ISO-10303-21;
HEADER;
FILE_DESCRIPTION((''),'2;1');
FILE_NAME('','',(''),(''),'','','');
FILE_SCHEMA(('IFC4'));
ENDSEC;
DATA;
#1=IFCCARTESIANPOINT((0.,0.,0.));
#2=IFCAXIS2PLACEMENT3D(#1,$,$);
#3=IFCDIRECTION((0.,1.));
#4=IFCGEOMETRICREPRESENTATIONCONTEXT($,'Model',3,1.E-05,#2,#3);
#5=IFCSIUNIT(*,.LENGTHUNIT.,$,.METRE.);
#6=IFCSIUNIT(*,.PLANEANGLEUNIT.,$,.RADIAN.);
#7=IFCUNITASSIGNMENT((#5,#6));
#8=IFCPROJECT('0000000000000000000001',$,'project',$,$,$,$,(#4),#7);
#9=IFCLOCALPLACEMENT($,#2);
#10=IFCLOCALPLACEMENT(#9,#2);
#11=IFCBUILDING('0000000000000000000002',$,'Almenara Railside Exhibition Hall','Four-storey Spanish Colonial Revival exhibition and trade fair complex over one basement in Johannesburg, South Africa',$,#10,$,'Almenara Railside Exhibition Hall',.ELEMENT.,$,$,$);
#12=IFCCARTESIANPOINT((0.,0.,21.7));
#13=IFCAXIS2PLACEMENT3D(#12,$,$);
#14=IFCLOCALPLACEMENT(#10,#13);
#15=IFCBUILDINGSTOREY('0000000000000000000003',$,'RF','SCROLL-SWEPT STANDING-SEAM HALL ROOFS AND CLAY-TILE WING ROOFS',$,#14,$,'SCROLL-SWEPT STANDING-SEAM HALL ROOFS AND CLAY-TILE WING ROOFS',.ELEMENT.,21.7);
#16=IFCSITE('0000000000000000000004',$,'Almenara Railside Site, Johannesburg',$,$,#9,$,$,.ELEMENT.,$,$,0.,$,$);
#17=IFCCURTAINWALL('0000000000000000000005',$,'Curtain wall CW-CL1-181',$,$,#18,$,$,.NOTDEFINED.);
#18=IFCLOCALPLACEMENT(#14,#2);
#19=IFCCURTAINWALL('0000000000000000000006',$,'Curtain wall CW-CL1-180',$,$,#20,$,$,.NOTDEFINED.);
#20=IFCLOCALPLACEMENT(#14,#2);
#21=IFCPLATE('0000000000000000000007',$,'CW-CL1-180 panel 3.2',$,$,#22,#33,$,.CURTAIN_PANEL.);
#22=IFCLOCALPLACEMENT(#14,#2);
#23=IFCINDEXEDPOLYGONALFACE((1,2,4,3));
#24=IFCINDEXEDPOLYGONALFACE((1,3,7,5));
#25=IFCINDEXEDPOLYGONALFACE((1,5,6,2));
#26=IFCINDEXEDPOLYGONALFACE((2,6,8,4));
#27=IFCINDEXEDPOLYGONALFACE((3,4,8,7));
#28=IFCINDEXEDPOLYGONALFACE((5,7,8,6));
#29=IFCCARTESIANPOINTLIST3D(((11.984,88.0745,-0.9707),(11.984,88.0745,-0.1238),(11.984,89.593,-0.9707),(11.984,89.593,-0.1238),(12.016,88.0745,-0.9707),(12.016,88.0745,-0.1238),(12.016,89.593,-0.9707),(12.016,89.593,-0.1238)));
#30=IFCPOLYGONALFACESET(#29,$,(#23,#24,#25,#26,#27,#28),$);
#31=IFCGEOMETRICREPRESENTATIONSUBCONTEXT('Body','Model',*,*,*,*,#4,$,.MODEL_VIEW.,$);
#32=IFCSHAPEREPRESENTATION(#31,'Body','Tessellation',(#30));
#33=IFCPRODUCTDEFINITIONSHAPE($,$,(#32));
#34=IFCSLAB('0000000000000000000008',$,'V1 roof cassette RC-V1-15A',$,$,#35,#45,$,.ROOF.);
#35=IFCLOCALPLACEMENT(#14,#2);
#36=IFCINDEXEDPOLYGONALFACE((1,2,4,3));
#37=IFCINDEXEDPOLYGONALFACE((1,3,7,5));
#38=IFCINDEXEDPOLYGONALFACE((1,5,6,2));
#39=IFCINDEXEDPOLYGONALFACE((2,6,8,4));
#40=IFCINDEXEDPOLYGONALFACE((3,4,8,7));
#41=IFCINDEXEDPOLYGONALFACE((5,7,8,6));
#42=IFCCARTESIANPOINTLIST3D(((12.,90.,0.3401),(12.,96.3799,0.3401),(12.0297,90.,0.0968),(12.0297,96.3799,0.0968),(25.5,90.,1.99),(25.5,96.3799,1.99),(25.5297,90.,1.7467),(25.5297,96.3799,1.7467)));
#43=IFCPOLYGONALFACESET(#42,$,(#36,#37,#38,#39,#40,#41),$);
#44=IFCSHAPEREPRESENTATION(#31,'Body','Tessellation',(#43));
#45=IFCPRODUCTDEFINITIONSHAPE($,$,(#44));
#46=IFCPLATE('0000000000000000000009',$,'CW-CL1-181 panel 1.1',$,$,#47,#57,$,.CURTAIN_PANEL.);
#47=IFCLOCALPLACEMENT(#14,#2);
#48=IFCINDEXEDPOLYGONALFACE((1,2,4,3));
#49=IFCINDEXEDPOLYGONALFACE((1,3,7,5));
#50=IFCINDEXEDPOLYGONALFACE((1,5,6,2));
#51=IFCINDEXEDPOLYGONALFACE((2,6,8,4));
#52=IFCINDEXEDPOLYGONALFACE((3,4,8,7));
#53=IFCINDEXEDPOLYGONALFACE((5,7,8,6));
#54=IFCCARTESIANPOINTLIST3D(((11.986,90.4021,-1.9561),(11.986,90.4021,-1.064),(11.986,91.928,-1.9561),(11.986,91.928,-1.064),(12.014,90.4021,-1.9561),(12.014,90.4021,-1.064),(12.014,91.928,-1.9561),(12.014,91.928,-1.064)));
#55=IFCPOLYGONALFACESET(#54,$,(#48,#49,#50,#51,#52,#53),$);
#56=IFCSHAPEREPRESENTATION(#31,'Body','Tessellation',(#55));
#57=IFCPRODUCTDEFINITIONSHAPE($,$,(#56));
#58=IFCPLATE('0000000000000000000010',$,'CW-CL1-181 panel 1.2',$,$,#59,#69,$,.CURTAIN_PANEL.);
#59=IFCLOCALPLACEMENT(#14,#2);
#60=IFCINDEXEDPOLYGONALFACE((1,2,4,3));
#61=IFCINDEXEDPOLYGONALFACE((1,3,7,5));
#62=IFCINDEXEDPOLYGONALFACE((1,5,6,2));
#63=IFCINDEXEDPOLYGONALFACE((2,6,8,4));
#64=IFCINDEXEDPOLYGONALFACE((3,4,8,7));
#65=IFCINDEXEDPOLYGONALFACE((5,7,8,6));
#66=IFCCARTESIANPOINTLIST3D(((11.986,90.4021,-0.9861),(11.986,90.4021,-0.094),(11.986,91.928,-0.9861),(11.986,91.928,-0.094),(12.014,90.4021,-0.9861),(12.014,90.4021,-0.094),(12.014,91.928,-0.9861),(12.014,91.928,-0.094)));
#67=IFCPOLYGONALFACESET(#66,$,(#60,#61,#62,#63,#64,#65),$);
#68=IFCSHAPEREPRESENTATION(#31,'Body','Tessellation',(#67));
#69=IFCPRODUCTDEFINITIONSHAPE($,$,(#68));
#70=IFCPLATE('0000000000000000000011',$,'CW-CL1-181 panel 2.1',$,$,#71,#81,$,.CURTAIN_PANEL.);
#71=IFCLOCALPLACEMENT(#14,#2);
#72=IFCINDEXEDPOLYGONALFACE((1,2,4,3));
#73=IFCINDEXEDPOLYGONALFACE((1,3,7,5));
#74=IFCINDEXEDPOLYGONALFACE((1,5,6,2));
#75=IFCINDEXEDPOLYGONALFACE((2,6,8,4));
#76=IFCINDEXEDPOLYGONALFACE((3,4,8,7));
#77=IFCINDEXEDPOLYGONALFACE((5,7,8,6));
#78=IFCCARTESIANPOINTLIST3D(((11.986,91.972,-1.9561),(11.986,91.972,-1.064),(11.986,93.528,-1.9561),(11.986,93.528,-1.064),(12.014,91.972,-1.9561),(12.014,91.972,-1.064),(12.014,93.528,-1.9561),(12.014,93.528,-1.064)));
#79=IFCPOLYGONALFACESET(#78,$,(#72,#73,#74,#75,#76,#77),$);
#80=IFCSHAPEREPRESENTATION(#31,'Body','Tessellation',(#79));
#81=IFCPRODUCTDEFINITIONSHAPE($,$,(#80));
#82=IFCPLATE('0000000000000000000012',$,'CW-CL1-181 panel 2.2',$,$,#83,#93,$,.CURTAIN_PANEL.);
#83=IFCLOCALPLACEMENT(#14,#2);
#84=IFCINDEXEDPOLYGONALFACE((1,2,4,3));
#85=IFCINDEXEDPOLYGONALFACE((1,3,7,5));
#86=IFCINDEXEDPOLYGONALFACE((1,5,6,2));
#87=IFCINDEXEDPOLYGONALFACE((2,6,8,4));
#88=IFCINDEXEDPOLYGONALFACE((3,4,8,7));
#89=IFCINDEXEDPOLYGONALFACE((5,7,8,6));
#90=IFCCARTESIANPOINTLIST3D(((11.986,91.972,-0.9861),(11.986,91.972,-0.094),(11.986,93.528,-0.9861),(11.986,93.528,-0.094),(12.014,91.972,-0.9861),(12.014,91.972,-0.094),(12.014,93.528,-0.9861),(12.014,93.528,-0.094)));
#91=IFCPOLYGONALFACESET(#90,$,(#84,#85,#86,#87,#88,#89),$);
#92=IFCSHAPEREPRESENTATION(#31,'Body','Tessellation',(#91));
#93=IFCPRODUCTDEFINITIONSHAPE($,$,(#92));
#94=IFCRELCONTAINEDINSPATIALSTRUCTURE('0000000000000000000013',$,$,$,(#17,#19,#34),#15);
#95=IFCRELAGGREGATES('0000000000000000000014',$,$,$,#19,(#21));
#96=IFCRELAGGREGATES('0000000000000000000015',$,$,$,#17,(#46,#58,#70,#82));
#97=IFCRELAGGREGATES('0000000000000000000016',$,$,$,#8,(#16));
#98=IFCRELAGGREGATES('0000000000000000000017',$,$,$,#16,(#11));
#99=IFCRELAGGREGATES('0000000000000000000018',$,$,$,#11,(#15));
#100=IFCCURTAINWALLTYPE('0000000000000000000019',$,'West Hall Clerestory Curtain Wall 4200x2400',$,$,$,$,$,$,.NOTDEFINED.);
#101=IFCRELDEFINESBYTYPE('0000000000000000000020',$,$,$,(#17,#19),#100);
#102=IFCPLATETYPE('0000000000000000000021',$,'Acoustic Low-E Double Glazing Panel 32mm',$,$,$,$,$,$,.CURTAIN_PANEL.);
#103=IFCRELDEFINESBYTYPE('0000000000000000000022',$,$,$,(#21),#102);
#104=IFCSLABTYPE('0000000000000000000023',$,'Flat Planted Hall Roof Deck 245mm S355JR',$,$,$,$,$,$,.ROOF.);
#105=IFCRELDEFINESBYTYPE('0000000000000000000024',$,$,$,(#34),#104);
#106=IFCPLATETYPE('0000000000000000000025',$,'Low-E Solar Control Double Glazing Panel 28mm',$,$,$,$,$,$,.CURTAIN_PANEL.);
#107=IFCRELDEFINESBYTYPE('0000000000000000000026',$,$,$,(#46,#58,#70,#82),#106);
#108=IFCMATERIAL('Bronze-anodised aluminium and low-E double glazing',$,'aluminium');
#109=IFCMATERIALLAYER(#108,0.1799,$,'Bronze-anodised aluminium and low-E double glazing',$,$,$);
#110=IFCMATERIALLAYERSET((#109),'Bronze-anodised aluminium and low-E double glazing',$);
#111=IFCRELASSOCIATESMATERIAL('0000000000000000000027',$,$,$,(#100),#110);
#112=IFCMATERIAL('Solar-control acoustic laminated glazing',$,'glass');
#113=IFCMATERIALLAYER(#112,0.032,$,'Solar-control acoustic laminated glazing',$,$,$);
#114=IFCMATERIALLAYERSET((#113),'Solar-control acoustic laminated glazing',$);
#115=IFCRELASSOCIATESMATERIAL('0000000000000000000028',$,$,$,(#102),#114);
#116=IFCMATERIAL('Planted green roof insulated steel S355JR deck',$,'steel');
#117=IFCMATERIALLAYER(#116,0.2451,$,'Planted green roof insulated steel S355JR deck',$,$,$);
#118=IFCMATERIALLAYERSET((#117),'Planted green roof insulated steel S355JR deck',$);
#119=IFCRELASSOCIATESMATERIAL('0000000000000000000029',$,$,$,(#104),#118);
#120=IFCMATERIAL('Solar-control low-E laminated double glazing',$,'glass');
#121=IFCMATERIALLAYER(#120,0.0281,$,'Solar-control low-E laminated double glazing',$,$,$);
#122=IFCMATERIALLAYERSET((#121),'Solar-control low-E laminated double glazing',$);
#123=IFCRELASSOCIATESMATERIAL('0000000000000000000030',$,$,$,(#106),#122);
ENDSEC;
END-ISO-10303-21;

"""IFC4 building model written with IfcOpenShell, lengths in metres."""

from ifc_helpers import new_model, si_unit, direction, frame, origin, origin_2d, place, context, subcontext, project, spatial, polyline, rectangle, outline, extrude, material, layer, layer_set, type_object, element, aggregate, save


model = new_model("IFC4")

# Units and contexts
model_context = context("Model", 3, precision=1e-05, world=origin(), true_north=direction((0.0, 1.0)))
body_context = subcontext(model_context, "Body", "Model", "MODEL_VIEW")
ifc_project = project(units=[si_unit("LENGTHUNIT", "METRE"), si_unit("PLANEANGLEUNIT", "RADIAN")], contexts=[model_context])

# Site, building, storey
site_placement = place(None, origin())
site = spatial("IfcSite", under=ifc_project, at=site_placement, Name="Almenara Railside Site, Johannesburg", CompositionType="ELEMENT", RefElevation=0.0)
building_placement = place(site_placement, origin())
building = spatial("IfcBuilding", under=site, at=building_placement, Name="Almenara Railside Exhibition Hall", Description="Four-storey Spanish Colonial Revival exhibition and trade fair complex over one basement in Johannesburg, South Africa", LongName="Almenara Railside Exhibition Hall", CompositionType="ELEMENT")
storey_placement = place(building_placement, frame((0.0, 0.0, 21.7)))
storey = spatial("IfcBuildingStorey", under=building, at=storey_placement, Name="RF", Description="SCROLL-SWEPT STANDING-SEAM HALL ROOFS AND CLAY-TILE WING ROOFS", LongName="SCROLL-SWEPT STANDING-SEAM HALL ROOFS AND CLAY-TILE WING ROOFS", CompositionType="ELEMENT", Elevation=21.7)

# Curtain walls
ifc_material_1 = material(Name="Bronze-anodised aluminium and low-E double glazing", Category="aluminium")
ifc_layer_1 = layer(ifc_material_1, 0.1799, Name="Bronze-anodised aluminium and low-E double glazing")
ifc_layer_set_1 = layer_set([ifc_layer_1], Name="Bronze-anodised aluminium and low-E double glazing")
curtain_wall_type = type_object("IfcCurtainWallType", Name="West Hall Clerestory Curtain Wall 4200x2400", PredefinedType="NOTDEFINED", material=ifc_layer_set_1)
curtain_wall_1_placement = place(storey_placement, origin())
curtain_wall_1 = element("IfcCurtainWall", 1, at=curtain_wall_1_placement, inside=storey, type_object=curtain_wall_type, Name="Curtain wall CW-CL1-181", PredefinedType="NOTDEFINED")
curtain_wall_2_placement = place(storey_placement, origin())
curtain_wall_2 = element("IfcCurtainWall", 2, at=curtain_wall_2_placement, inside=storey, type_object=curtain_wall_type, Name="Curtain wall CW-CL1-180", PredefinedType="NOTDEFINED")

# Plate
ifc_material_2 = material(Name="Solar-control acoustic laminated glazing", Category="glass")
ifc_layer_2 = layer(ifc_material_2, 0.032, Name="Solar-control acoustic laminated glazing")
ifc_layer_set_2 = layer_set([ifc_layer_2], Name="Solar-control acoustic laminated glazing")
plate_type_1 = type_object("IfcPlateType", Name="Acoustic Low-E Double Glazing Panel 32mm", PredefinedType="CURTAIN_PANEL", material=ifc_layer_set_2)
plate_1_placement = place(storey_placement, frame((12.0, 88.8337, -0.9707), z_axis=(0.0, 0.0, 1.0), x_axis=(0.0, 1.0, 0.0)))
plate_1 = element("IfcPlate", 3, at=plate_1_placement, type_object=plate_type_1, Name="CW-CL1-180 panel 3.2", PredefinedType="CURTAIN_PANEL", context=body_context, shape_type="SweptSolid", body=[
    extrude(rectangle(XDim=1.5186, YDim=0.032, at=origin_2d()), origin(), (0.0, 0.0, 1.0), 0.8469),
])
aggregate(curtain_wall_2, [plate_1])

# Slab
ifc_material_3 = material(Name="Planted green roof insulated steel S355JR deck", Category="steel")
ifc_layer_3 = layer(ifc_material_3, 0.2451, Name="Planted green roof insulated steel S355JR deck")
ifc_layer_set_3 = layer_set([ifc_layer_3], Name="Planted green roof insulated steel S355JR deck")
slab_type = type_object("IfcSlabType", Name="Flat Planted Hall Roof Deck 245mm S355JR", PredefinedType="ROOF", material=ifc_layer_set_3)
slab_placement = place(storey_placement, frame((12.0, 90.0, 0.3401), z_axis=(-0.121312, 0.0, 0.992614), x_axis=(0.992614, 0.0, 0.121312)))
element("IfcSlab", 4, at=slab_placement, inside=storey, type_object=slab_type, Name="V1 roof cassette RC-V1-15A", PredefinedType="ROOF", context=body_context, shape_type="SweptSolid", body=[
    extrude(outline(polyline([(0.0, 0.0), (13.6004, 0.0), (13.6004, 6.3799), (0.0, 6.3799), (0.0, 0.0)])), origin(), (0.0, 0.0, -1.0), 0.2451),
])

# Plates
ifc_material_4 = material(Name="Solar-control low-E laminated double glazing", Category="glass")
ifc_layer_4 = layer(ifc_material_4, 0.0281, Name="Solar-control low-E laminated double glazing")
ifc_layer_set_4 = layer_set([ifc_layer_4], Name="Solar-control low-E laminated double glazing")
plate_type_2 = type_object("IfcPlateType", Name="Low-E Solar Control Double Glazing Panel 28mm", PredefinedType="CURTAIN_PANEL", material=ifc_layer_set_4)
plate_2_placement = place(storey_placement, frame((12.0, 91.165, -1.9561), z_axis=(0.0, 0.0, 1.0), x_axis=(0.0, 1.0, 0.0)))
plate_2 = element("IfcPlate", 5, at=plate_2_placement, type_object=plate_type_2, Name="CW-CL1-181 panel 1.1", PredefinedType="CURTAIN_PANEL", context=body_context, shape_type="SweptSolid", body=[
    extrude(rectangle(XDim=1.5259, YDim=0.0281, at=origin_2d()), origin(), (0.0, 0.0, 1.0), 0.8921),
])
plate_3_placement = place(storey_placement, frame((12.0, 91.165, -0.9861), z_axis=(0.0, 0.0, 1.0), x_axis=(0.0, 1.0, 0.0)))
plate_3 = element("IfcPlate", 6, at=plate_3_placement, type_object=plate_type_2, Name="CW-CL1-181 panel 1.2", PredefinedType="CURTAIN_PANEL", context=body_context, shape_type="SweptSolid", body=[
    extrude(rectangle(XDim=1.5259, YDim=0.0281, at=origin_2d()), origin(), (0.0, 0.0, 1.0), 0.8921),
])
plate_4_placement = place(storey_placement, frame((12.0, 92.75, -1.9561), z_axis=(0.0, 0.0, 1.0), x_axis=(0.0, 1.0, 0.0)))
plate_4 = element("IfcPlate", 7, at=plate_4_placement, type_object=plate_type_2, Name="CW-CL1-181 panel 2.1", PredefinedType="CURTAIN_PANEL", context=body_context, shape_type="SweptSolid", body=[
    extrude(rectangle(XDim=1.5559, YDim=0.0281, at=origin_2d()), origin(), (0.0, 0.0, 1.0), 0.8921),
])
plate_5_placement = place(storey_placement, frame((12.0, 92.75, -0.9861), z_axis=(0.0, 0.0, 1.0), x_axis=(0.0, 1.0, 0.0)))
plate_5 = element("IfcPlate", 8, at=plate_5_placement, type_object=plate_type_2, Name="CW-CL1-181 panel 2.2", PredefinedType="CURTAIN_PANEL", context=body_context, shape_type="SweptSolid", body=[
    extrude(rectangle(XDim=1.5559, YDim=0.0281, at=origin_2d()), origin(), (0.0, 0.0, 1.0), 0.8921),
])
aggregate(curtain_wall_1, [plate_2, plate_3, plate_4, plate_5])

save(model, "model.ifc")
